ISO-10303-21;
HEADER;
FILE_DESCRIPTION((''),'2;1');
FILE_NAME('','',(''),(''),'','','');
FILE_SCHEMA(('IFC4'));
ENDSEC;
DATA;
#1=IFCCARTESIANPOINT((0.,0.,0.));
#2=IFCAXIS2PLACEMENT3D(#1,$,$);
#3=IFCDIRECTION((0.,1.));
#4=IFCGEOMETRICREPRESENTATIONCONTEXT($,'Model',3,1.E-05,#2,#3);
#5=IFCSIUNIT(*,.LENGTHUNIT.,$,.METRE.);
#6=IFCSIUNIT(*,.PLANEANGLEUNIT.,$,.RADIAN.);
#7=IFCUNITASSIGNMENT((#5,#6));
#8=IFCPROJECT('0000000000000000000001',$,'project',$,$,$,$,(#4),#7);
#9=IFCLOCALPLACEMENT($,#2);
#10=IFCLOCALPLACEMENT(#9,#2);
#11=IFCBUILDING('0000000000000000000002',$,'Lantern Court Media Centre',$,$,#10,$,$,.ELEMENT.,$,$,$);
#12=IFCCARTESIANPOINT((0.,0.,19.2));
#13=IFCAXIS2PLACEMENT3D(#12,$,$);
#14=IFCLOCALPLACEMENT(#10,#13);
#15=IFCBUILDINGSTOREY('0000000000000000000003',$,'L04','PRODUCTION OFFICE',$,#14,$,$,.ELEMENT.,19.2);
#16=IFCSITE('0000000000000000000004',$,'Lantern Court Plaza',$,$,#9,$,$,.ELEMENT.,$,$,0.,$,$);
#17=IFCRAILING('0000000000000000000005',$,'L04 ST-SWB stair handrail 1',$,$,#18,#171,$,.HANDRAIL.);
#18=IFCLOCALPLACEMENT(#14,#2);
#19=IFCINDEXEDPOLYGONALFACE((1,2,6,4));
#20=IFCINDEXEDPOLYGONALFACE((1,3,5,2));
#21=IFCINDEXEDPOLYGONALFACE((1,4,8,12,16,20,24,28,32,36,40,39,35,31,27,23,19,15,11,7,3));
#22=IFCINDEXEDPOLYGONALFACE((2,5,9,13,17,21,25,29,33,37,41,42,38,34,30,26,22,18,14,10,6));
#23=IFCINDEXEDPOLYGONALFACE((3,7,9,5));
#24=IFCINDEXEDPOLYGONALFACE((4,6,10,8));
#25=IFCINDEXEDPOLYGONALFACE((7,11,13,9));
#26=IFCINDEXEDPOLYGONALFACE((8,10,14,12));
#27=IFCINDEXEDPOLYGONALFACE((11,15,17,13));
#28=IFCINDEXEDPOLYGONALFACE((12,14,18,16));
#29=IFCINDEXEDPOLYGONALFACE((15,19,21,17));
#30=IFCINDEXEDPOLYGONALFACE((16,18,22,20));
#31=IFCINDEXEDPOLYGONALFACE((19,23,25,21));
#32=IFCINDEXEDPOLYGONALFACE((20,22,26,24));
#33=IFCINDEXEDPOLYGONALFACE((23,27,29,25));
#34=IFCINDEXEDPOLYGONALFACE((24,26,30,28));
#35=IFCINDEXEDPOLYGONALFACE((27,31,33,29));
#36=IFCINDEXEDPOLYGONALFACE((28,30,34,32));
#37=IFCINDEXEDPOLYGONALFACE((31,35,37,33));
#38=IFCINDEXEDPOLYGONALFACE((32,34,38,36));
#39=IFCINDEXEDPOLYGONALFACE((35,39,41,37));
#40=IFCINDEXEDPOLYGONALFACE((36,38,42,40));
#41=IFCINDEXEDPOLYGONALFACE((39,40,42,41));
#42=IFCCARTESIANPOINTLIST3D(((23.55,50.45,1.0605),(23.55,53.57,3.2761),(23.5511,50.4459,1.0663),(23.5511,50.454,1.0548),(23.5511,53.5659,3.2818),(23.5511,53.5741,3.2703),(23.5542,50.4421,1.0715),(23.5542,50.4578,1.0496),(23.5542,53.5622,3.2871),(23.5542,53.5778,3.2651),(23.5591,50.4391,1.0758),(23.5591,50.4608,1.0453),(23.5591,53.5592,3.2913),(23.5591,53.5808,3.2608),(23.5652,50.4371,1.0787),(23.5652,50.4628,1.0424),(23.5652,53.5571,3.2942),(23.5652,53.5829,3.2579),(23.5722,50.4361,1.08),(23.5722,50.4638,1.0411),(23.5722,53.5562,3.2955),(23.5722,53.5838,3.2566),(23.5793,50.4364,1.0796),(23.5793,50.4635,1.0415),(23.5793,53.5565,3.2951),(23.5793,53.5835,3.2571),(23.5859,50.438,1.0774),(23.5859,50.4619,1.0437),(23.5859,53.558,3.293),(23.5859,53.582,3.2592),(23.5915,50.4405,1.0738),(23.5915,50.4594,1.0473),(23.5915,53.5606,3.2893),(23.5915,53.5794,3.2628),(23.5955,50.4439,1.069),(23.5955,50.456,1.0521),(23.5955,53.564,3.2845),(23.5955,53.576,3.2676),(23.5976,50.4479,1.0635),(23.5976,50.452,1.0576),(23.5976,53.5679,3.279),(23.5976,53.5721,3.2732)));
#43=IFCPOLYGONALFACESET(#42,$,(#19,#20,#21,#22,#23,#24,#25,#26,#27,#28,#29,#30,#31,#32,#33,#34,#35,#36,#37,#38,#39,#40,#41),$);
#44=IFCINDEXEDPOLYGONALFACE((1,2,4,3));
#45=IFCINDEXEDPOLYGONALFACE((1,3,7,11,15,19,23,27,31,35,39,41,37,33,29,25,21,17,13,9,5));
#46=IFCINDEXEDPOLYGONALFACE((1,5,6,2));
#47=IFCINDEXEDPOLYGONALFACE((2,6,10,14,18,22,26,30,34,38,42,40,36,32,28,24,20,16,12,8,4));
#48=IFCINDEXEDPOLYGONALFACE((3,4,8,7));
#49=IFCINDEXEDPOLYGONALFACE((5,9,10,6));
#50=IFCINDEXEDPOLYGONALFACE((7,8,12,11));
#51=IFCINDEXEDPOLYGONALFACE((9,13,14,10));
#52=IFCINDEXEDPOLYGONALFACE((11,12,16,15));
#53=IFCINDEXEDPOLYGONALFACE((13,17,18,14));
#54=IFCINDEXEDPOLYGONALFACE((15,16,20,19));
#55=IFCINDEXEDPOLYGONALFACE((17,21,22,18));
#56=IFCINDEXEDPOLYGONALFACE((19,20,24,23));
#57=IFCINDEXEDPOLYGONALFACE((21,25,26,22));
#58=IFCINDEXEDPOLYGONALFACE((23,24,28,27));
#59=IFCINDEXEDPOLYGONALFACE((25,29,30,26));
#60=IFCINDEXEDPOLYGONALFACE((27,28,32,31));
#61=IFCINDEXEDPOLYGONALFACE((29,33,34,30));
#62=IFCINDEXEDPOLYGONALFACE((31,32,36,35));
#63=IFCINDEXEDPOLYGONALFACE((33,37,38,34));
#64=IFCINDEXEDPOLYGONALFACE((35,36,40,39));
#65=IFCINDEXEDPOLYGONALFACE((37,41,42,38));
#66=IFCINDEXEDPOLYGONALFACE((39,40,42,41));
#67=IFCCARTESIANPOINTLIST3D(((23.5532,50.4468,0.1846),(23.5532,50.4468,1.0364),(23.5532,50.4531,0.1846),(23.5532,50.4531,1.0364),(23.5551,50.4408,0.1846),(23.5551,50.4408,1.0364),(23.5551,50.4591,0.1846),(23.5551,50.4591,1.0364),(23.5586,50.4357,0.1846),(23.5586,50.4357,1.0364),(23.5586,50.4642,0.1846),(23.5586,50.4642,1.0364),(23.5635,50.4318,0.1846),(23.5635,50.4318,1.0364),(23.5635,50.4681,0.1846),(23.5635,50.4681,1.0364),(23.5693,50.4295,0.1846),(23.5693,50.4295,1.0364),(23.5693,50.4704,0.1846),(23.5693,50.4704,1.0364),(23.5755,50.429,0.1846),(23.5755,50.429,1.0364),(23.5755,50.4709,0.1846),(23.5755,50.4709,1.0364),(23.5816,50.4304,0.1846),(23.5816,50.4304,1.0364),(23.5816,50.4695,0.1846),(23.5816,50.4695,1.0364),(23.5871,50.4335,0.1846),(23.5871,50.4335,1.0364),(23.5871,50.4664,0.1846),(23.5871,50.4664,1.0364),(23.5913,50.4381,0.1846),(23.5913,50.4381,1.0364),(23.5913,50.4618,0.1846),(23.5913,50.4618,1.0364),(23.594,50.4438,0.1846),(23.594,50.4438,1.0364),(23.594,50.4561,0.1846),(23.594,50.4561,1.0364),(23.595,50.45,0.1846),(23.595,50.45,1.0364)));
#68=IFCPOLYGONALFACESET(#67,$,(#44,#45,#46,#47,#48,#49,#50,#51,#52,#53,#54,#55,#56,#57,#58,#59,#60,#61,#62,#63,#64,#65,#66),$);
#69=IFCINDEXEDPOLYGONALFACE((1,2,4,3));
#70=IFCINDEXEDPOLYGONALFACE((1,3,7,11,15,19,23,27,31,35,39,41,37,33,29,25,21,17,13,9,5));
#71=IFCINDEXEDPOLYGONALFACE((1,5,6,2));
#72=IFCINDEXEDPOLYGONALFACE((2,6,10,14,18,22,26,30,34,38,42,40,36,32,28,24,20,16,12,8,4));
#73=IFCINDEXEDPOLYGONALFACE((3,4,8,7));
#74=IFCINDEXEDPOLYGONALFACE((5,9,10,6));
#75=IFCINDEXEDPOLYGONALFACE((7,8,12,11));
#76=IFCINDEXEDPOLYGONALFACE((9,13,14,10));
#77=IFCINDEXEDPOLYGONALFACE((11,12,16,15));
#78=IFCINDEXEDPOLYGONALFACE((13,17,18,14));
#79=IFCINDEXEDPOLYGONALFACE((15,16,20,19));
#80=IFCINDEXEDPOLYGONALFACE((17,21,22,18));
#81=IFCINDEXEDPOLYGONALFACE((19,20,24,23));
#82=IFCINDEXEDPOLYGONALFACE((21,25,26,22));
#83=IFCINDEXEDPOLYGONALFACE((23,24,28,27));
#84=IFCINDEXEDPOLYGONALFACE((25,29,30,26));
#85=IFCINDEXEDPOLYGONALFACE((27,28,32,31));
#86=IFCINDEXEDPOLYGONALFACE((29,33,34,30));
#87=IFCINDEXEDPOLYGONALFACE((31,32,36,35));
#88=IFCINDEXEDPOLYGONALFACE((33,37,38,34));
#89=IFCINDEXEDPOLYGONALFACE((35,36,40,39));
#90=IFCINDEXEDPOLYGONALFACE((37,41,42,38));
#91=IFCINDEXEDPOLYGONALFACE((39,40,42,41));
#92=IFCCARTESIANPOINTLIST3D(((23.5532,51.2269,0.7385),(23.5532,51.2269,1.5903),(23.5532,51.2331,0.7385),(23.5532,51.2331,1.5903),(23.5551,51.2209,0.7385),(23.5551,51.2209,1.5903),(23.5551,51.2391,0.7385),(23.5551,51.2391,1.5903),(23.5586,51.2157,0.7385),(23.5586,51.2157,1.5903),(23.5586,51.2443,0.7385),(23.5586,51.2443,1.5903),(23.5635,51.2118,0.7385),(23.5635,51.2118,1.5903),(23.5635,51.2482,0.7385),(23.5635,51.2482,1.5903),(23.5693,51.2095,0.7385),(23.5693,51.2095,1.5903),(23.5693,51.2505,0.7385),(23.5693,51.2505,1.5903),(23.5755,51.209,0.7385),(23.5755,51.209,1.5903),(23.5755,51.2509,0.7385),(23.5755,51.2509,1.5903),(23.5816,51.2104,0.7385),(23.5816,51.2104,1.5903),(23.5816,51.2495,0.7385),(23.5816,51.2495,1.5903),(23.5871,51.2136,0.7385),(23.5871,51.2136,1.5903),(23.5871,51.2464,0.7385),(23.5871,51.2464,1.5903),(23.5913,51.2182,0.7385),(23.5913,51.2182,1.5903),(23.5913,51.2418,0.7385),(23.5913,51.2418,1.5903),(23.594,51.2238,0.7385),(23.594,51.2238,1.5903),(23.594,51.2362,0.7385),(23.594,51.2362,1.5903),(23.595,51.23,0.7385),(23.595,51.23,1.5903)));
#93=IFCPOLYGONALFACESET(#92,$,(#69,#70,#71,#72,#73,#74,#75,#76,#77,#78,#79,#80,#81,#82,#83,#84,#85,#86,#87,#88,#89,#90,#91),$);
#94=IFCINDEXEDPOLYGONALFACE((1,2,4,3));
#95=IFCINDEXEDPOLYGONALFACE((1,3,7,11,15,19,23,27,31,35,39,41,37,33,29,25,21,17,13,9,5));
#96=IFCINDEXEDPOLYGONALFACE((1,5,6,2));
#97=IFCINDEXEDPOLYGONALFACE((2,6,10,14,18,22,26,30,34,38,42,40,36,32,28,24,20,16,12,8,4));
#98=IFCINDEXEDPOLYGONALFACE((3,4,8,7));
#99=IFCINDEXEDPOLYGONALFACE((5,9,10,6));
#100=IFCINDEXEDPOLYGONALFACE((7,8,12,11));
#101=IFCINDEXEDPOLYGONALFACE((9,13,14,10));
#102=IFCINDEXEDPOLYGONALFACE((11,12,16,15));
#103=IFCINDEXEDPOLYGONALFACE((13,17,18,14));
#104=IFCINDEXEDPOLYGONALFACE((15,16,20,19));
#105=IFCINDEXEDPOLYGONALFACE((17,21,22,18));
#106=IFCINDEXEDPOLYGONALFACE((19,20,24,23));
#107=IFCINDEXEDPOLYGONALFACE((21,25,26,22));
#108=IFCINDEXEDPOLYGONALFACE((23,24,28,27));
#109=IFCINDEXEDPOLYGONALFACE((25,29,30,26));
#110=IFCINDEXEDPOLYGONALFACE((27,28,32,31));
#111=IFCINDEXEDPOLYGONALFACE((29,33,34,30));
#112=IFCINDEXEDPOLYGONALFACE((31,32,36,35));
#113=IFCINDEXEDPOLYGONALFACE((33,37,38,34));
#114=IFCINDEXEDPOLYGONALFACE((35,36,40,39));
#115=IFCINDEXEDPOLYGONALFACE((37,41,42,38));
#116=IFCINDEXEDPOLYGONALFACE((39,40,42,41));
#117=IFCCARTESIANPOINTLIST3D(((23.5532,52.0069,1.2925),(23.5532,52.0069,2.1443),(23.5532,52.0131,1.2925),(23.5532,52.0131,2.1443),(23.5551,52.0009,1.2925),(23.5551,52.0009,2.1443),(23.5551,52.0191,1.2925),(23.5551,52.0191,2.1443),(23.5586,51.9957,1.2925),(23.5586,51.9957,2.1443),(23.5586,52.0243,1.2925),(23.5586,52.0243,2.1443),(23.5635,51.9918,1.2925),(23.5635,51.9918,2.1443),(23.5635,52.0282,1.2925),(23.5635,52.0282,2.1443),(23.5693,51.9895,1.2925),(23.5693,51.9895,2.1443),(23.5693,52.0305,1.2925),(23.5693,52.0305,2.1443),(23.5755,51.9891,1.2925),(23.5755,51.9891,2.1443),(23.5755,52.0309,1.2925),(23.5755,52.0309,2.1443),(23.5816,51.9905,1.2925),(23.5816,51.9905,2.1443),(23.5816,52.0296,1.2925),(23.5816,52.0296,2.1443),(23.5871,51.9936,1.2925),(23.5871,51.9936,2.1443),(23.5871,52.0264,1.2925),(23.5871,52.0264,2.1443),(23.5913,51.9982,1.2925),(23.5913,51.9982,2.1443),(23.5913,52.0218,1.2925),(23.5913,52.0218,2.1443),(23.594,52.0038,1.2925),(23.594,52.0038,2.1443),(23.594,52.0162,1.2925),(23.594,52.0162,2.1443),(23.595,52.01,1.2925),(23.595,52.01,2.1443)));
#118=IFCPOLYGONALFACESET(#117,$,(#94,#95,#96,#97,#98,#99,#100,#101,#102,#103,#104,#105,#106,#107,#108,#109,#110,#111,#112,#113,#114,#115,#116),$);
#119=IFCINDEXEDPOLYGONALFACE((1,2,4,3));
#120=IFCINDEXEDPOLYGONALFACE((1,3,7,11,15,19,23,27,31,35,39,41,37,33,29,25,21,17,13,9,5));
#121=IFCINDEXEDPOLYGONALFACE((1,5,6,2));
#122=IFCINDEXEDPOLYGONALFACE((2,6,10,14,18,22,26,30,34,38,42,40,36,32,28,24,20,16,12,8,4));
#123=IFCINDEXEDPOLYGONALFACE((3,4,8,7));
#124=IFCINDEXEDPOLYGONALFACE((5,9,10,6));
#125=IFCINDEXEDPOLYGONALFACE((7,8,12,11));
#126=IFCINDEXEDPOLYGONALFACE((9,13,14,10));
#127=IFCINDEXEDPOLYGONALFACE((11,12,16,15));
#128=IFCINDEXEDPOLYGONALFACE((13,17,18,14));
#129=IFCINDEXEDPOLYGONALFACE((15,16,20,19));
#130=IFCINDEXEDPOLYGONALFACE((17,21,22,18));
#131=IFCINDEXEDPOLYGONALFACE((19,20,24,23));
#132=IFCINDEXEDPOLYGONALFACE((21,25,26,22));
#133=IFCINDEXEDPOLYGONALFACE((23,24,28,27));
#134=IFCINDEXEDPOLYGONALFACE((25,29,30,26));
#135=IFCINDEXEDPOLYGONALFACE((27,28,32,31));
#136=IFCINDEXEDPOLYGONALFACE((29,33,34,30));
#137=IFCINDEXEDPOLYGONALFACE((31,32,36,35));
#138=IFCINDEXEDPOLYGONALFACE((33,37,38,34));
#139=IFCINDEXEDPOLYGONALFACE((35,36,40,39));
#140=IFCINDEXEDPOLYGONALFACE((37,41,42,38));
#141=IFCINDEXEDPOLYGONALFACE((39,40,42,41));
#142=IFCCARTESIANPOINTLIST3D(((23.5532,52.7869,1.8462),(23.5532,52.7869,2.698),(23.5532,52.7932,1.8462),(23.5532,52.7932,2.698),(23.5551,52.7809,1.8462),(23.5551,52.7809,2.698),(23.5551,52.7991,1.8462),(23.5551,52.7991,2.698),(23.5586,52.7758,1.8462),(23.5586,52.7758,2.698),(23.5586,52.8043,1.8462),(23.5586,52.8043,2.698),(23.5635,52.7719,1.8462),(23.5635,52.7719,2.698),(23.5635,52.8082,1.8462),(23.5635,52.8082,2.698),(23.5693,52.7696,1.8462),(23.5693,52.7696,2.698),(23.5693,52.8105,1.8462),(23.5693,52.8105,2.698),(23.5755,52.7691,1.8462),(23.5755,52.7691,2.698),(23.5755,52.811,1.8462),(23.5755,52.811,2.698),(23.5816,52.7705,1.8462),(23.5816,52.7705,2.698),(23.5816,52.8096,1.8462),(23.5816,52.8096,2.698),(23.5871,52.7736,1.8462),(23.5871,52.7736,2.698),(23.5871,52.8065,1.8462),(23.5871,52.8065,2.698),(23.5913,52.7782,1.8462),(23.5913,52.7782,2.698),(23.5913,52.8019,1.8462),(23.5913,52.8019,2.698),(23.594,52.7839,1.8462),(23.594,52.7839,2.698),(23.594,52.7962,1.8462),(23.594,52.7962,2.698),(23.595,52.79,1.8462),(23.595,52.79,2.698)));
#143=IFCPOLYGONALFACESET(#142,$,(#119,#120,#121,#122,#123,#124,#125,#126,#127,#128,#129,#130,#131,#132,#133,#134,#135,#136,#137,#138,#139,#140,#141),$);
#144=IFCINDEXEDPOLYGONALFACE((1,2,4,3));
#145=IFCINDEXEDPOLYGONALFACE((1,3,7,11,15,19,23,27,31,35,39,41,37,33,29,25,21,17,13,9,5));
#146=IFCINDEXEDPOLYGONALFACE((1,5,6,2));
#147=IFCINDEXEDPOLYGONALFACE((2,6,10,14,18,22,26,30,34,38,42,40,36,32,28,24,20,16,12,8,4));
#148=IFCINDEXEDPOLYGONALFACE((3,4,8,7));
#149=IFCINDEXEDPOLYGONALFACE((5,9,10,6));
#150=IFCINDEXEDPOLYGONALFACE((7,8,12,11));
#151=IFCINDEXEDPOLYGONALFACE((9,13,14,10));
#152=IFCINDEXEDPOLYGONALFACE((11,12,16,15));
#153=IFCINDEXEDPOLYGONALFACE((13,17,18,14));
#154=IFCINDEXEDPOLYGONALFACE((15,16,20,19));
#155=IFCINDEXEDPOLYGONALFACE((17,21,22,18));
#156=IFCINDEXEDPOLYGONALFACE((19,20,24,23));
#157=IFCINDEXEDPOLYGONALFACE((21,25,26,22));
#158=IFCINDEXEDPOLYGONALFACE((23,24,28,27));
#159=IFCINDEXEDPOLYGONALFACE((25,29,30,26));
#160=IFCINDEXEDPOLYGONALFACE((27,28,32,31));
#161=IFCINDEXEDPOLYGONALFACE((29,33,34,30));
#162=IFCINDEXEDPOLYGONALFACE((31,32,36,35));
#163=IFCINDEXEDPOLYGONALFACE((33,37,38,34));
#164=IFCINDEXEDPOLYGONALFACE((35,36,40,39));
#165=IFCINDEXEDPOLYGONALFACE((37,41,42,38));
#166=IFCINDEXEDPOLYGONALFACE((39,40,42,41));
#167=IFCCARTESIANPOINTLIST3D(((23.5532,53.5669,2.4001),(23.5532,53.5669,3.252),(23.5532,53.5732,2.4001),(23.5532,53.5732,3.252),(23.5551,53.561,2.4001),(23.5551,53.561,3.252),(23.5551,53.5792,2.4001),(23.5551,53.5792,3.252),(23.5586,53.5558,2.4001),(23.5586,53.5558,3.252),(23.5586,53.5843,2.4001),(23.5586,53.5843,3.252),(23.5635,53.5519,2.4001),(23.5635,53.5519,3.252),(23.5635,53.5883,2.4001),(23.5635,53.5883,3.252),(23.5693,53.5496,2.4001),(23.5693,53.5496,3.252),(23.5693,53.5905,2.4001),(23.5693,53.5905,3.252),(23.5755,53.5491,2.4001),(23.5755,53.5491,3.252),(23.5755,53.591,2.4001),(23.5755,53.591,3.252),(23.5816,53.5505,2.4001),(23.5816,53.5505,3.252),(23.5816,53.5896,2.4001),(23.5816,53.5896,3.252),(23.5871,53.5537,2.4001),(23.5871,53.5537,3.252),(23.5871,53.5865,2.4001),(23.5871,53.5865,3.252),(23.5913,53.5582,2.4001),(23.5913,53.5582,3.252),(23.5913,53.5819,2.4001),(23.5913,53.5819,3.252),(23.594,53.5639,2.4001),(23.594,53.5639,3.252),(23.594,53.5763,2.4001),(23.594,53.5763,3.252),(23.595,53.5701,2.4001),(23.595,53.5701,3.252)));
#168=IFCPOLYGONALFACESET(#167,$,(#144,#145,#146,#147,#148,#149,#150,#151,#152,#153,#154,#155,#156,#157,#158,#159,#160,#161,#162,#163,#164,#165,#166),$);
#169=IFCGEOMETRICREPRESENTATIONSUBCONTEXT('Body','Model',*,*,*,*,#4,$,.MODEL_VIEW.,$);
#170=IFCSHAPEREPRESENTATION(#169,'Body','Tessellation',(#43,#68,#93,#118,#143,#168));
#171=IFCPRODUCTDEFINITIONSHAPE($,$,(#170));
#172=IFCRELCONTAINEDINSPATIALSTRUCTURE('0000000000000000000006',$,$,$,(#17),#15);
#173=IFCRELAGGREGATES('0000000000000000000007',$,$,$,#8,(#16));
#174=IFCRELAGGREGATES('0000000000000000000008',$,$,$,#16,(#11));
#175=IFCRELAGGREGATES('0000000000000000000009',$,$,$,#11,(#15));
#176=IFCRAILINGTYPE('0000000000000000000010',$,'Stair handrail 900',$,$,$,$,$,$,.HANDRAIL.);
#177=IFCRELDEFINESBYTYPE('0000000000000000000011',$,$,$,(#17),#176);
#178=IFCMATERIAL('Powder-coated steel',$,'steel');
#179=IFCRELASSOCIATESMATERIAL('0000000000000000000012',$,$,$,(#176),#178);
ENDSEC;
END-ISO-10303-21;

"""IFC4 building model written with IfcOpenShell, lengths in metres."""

from ifc_helpers import new_model, si_unit, direction, frame, origin, origin_2d, place, context, subcontext, project, spatial, circle, extrude, material, type_object, element, save


model = new_model("IFC4")

# Units and contexts
model_context = context("Model", 3, precision=1e-05, world=origin(), true_north=direction((0.0, 1.0)))
body_context = subcontext(model_context, "Body", "Model", "MODEL_VIEW")
ifc_project = project(units=[si_unit("LENGTHUNIT", "METRE"), si_unit("PLANEANGLEUNIT", "RADIAN")], contexts=[model_context])

# Site, building, storey
site_placement = place(None, origin())
site = spatial("IfcSite", under=ifc_project, at=site_placement, Name="Lantern Court Plaza", CompositionType="ELEMENT", RefElevation=0.0)
building_placement = place(site_placement, origin())
building = spatial("IfcBuilding", under=site, at=building_placement, Name="Lantern Court Media Centre", CompositionType="ELEMENT")
storey_placement = place(building_placement, frame((0.0, 0.0, 19.2)))
storey = spatial("IfcBuildingStorey", under=building, at=storey_placement, Name="L04", Description="PRODUCTION OFFICE", CompositionType="ELEMENT", Elevation=19.2)

# Railing
ifc_material_1 = material(Name="Powder-coated steel", Category="steel")
railing_type_1 = type_object("IfcRailingType", Name="Stair handrail 900", PredefinedType="HANDRAIL", material=ifc_material_1)
railing_1_placement = place(storey_placement, frame((23.574, 50.45, 0.1846)))
element("IfcRailing", 1, at=railing_1_placement, inside=storey, type_object=railing_type_1, Name="L04 ST-SWB stair handrail 1", PredefinedType="HANDRAIL", context=body_context, shape_type="SweptSolid", body=[
    extrude(circle(Radius=0.0239, at=origin_2d()), frame((0.0, 0.0, 0.876), z_axis=(0.0, 0.815347, 0.578973), x_axis=(-1.0, 0.0, 0.0)), (0.0, 0.0, 1.0), 3.8267),
    extrude(circle(Radius=0.021, at=origin_2d()), origin(), (0.0, 0.0, 1.0), 0.8518),
    extrude(circle(Radius=0.021, at=origin_2d()), frame((0.0, 0.78, 0.554)), (0.0, 0.0, 1.0), 0.8518),
    extrude(circle(Radius=0.021, at=origin_2d()), frame((0.0, 1.5601, 1.1079)), (0.0, 0.0, 1.0), 0.8518),
    extrude(circle(Radius=0.021, at=origin_2d()), frame((0.0, 2.3401, 1.6616)), (0.0, 0.0, 1.0), 0.8518),
    extrude(circle(Radius=0.021, at=origin_2d()), frame((0.0, 3.1201, 2.2156)), (0.0, 0.0, 1.0), 0.8518),
])

save(model, "model.ifc")
